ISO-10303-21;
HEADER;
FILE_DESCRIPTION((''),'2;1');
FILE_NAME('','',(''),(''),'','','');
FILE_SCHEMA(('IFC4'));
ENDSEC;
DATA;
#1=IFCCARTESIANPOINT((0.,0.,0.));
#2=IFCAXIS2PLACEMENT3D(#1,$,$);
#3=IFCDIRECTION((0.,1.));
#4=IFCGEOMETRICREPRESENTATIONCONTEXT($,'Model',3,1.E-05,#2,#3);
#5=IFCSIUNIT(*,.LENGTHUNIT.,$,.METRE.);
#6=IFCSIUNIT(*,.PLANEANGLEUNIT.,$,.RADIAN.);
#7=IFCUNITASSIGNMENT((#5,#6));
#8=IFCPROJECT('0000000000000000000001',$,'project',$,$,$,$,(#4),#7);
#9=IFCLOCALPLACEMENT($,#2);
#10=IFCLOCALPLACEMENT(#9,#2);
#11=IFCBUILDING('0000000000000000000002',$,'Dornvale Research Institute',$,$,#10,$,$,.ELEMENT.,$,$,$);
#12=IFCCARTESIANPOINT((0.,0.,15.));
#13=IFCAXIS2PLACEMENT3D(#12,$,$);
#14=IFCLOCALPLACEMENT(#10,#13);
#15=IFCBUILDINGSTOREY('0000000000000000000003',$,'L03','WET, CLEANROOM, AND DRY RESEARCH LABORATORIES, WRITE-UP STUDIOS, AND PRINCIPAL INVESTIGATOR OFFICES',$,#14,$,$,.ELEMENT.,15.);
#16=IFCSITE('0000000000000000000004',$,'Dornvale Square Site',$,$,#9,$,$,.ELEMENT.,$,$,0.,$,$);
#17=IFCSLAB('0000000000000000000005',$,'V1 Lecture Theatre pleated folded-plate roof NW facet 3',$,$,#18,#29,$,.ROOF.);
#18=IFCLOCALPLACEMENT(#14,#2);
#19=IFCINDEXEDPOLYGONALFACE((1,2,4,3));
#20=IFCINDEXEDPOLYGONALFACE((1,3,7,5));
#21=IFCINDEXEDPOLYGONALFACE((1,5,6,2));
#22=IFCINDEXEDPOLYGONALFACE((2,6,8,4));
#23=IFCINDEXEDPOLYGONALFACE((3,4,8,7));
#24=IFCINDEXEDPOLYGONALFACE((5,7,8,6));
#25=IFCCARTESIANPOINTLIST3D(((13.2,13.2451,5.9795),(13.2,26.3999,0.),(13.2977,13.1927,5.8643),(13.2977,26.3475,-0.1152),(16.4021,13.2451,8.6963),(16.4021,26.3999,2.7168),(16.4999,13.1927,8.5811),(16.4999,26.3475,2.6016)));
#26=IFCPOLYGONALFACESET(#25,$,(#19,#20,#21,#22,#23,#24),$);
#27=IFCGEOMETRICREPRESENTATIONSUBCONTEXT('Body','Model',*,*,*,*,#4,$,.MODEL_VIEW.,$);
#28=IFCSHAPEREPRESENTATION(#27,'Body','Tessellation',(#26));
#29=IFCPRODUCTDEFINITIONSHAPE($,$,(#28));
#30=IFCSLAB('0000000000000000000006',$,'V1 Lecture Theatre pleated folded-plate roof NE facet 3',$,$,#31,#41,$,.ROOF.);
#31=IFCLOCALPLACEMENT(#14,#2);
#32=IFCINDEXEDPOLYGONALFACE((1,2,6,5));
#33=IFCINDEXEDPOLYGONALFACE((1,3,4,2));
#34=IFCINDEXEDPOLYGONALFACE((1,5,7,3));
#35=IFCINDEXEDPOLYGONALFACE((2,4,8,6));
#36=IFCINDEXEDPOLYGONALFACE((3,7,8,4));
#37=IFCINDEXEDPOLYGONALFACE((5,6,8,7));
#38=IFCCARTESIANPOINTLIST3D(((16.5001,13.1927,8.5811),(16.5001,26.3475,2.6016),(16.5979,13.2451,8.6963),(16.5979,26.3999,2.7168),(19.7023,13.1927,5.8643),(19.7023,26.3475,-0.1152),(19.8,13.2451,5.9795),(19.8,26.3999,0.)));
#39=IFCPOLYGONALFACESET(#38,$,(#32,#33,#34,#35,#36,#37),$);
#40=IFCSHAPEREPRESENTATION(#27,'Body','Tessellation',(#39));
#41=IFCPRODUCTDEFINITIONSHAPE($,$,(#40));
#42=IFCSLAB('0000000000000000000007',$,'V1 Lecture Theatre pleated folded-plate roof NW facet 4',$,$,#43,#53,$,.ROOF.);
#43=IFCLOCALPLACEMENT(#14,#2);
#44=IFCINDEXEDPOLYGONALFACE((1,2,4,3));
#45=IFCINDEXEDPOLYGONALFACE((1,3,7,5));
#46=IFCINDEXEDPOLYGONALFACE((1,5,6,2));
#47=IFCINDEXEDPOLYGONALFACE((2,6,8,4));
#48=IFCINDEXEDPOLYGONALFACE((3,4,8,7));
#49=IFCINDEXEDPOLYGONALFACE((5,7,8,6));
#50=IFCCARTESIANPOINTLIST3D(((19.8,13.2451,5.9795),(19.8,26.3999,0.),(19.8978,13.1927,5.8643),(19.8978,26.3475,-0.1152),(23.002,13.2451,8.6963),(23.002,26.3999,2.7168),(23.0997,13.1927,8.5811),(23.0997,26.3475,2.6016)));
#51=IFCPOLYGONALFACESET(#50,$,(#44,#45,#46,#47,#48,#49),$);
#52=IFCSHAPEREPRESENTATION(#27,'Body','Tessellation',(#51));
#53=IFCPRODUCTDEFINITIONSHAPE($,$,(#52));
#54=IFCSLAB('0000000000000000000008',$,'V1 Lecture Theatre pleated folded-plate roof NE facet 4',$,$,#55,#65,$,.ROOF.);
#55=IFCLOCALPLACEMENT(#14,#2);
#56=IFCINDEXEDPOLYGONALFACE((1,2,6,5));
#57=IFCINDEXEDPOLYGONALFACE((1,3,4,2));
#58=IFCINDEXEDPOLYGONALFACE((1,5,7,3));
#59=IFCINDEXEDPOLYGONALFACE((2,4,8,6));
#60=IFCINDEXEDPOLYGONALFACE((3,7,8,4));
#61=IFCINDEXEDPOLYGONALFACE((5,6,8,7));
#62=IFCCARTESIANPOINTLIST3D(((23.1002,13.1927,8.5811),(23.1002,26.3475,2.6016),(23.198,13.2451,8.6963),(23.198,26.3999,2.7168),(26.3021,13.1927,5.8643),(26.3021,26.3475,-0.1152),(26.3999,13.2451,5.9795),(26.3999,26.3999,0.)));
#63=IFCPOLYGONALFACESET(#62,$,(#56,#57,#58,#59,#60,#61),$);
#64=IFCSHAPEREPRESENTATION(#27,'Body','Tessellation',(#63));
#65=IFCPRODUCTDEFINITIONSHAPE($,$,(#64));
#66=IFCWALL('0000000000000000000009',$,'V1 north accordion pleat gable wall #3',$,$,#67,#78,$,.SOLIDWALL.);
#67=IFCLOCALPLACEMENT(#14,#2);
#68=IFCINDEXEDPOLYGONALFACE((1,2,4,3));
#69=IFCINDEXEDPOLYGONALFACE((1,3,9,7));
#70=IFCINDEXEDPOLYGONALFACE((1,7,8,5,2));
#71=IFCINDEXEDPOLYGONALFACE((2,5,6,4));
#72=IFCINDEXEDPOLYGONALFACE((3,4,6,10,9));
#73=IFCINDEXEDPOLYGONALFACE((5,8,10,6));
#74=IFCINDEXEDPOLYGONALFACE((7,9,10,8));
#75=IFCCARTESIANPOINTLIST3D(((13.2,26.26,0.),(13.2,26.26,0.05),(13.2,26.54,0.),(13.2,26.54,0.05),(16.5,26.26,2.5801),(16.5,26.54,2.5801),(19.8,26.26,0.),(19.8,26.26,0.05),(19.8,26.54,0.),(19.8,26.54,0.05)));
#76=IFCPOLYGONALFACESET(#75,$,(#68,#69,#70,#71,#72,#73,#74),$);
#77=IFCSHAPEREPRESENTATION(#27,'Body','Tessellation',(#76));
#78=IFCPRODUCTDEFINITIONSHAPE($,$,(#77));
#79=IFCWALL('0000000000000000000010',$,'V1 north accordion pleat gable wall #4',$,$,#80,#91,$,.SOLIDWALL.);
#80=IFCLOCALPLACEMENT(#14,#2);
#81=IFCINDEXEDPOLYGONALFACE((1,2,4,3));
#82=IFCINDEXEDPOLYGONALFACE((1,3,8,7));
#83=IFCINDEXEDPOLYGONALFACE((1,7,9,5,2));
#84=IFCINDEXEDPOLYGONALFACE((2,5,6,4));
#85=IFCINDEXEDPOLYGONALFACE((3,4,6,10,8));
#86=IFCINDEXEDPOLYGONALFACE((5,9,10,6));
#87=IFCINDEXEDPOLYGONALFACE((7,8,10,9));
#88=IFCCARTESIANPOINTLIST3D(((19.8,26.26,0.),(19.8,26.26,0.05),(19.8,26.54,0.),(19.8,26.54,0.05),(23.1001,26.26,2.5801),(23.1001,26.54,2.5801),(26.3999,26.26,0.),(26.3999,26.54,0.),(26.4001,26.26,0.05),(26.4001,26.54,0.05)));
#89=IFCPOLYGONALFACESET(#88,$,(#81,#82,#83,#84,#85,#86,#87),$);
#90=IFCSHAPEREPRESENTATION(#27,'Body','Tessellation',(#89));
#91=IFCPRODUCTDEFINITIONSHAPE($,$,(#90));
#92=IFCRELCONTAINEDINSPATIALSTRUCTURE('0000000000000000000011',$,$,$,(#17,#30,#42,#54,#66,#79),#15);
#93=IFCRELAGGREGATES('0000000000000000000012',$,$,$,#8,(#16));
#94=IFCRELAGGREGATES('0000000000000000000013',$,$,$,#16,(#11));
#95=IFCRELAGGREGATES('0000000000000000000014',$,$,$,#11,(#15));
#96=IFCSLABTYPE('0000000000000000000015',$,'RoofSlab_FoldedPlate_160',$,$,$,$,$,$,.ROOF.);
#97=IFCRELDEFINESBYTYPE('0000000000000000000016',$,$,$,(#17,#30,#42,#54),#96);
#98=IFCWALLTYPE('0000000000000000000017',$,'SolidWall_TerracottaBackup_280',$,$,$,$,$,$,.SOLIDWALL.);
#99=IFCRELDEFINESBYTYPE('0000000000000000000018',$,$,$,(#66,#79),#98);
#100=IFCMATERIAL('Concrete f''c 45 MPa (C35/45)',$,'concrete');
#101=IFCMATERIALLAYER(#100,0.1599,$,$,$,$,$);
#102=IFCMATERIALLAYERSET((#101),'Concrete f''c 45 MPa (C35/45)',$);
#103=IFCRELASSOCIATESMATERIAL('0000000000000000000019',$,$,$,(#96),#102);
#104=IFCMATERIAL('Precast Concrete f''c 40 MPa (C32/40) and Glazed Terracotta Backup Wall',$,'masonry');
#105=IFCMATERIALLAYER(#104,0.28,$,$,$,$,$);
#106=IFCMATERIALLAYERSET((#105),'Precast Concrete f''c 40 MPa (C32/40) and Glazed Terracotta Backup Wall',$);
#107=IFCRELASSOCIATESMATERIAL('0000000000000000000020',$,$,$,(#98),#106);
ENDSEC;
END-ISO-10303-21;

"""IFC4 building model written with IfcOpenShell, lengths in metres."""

from ifc_helpers import new_model, si_unit, direction, frame, origin, place, context, subcontext, project, spatial, polyline, outline, extrude, material, layer, layer_set, type_object, element, save


model = new_model("IFC4")

# Units and contexts
model_context = context("Model", 3, precision=1e-05, world=origin(), true_north=direction((0.0, 1.0)))
body_context = subcontext(model_context, "Body", "Model", "MODEL_VIEW")
ifc_project = project(units=[si_unit("LENGTHUNIT", "METRE"), si_unit("PLANEANGLEUNIT", "RADIAN")], contexts=[model_context])

# Site, building, storey
site_placement = place(None, origin())
site = spatial("IfcSite", under=ifc_project, at=site_placement, Name="Dornvale Square Site", CompositionType="ELEMENT", RefElevation=0.0)
building_placement = place(site_placement, origin())
building = spatial("IfcBuilding", under=site, at=building_placement, Name="Dornvale Research Institute", CompositionType="ELEMENT")
storey_placement = place(building_placement, frame((0.0, 0.0, 15.0)))
storey = spatial("IfcBuildingStorey", under=building, at=storey_placement, Name="L03", Description="WET, CLEANROOM, AND DRY RESEARCH LABORATORIES, WRITE-UP STUDIOS, AND PRINCIPAL INVESTIGATOR OFFICES", CompositionType="ELEMENT", Elevation=15.0)

# Slabs
ifc_material_1 = material(Name="Concrete f'c 45 MPa (C35/45)", Category="concrete")
ifc_layer_1 = layer(ifc_material_1, 0.1599)
ifc_layer_set_1 = layer_set([ifc_layer_1], Name="Concrete f'c 45 MPa (C35/45)")
slab_type = type_object("IfcSlabType", Name="RoofSlab_FoldedPlate_160", PredefinedType="ROOF", material=ifc_layer_set_1)
slab_1_placement = place(storey_placement, frame((13.2, 13.2451, 5.9795), z_axis=(-0.611276, 0.327493, 0.720479), x_axis=(0.76253, 0.0, 0.646953)))
element("IfcSlab", 1, at=slab_1_placement, inside=storey, type_object=slab_type, Name="V1 Lecture Theatre pleated folded-plate roof NW facet 3", PredefinedType="ROOF", context=body_context, shape_type="SweptSolid", body=[
    extrude(outline(polyline([(0.0, 0.0), (4.1994, 0.0), (0.3309, 13.9226), (-3.8684, 13.9226), (0.0, 0.0)])), origin(), (0.0, 0.0, -1.0), 0.1599),
])
slab_2_placement = place(storey_placement, frame((16.5979, 13.2451, 8.6963), z_axis=(0.611276, 0.327493, 0.720479), x_axis=(0.76253, 0.0, -0.646953)))
element("IfcSlab", 2, at=slab_2_placement, inside=storey, type_object=slab_type, Name="V1 Lecture Theatre pleated folded-plate roof NE facet 3", PredefinedType="ROOF", context=body_context, shape_type="SweptSolid", body=[
    extrude(outline(polyline([(0.0, 0.0), (4.1994, 0.0), (8.0678, 13.9226), (3.8684, 13.9226), (0.0, 0.0)])), origin(), (0.0, 0.0, -1.0), 0.1599),
])
slab_3_placement = place(storey_placement, frame((19.8, 13.2451, 5.9795), z_axis=(-0.611305, 0.327484, 0.720459), x_axis=(0.762506, 0.0, 0.646982)))
element("IfcSlab", 3, at=slab_3_placement, inside=storey, type_object=slab_type, Name="V1 Lecture Theatre pleated folded-plate roof NW facet 4", PredefinedType="ROOF", context=body_context, shape_type="SweptSolid", body=[
    extrude(outline(polyline([(0.0, 0.0), (4.1992, 0.0), (0.3306, 13.9225), (-3.8686, 13.9225), (0.0, 0.0)])), origin(), (0.0, 0.0, -1.0), 0.1599),
])
slab_4_placement = place(storey_placement, frame((23.198, 13.2451, 8.6963), z_axis=(0.611305, 0.327484, 0.720459), x_axis=(0.762506, 0.0, -0.646982)))
element("IfcSlab", 4, at=slab_4_placement, inside=storey, type_object=slab_type, Name="V1 Lecture Theatre pleated folded-plate roof NE facet 4", PredefinedType="ROOF", context=body_context, shape_type="SweptSolid", body=[
    extrude(outline(polyline([(0.0, 0.0), (4.1992, 0.0), (8.0678, 13.9225), (3.8686, 13.9225), (0.0, 0.0)])), origin(), (0.0, 0.0, -1.0), 0.1599),
])

# Walls
ifc_material_2 = material(Name="Precast Concrete f'c 40 MPa (C32/40) and Glazed Terracotta Backup Wall", Category="masonry")
ifc_layer_2 = layer(ifc_material_2, 0.28)
ifc_layer_set_2 = layer_set([ifc_layer_2], Name="Precast Concrete f'c 40 MPa (C32/40) and Glazed Terracotta Backup Wall")
wall_type = type_object("IfcWallType", Name="SolidWall_TerracottaBackup_280", PredefinedType="SOLIDWALL", material=ifc_layer_set_2)
wall_1_placement = place(storey_placement, frame((13.2, 26.3999, 0.0), z_axis=(0.0, 0.0, 1.0), x_axis=(1.0, 0.0, 0.0)))
element("IfcWall", 5, at=wall_1_placement, inside=storey, type_object=wall_type, Name="V1 north accordion pleat gable wall #3", PredefinedType="SOLIDWALL", context=body_context, shape_type="SweptSolid", body=[
    extrude(outline(polyline([(0.0, 0.0), (6.6001, 0.0), (6.6001, 0.05), (3.3, 2.5801), (0.0, 0.05), (0.0, 0.0)])), frame((0.0, 0.1401, 0.0), z_axis=(0.0, -1.0, 0.0), x_axis=(1.0, 0.0, 0.0)), (0.0, 0.0, 1.0), 0.28),
])
wall_2_placement = place(storey_placement, frame((19.8, 26.3999, 0.0), z_axis=(0.0, 0.0, 1.0), x_axis=(1.0, 0.0, 0.0)))
element("IfcWall", 6, at=wall_2_placement, inside=storey, type_object=wall_type, Name="V1 north accordion pleat gable wall #4", PredefinedType="SOLIDWALL", context=body_context, shape_type="SweptSolid", body=[
    extrude(outline(polyline([(0.0, 0.0), (6.5999, 0.0), (6.6001, 0.05), (3.3, 2.5801), (0.0, 0.05), (0.0, 0.0)])), frame((0.0, 0.1401, 0.0), z_axis=(0.0, -1.0, 0.0), x_axis=(1.0, 0.0, 0.0)), (0.0, 0.0, 1.0), 0.28),
])

save(model, "model.ifc")
